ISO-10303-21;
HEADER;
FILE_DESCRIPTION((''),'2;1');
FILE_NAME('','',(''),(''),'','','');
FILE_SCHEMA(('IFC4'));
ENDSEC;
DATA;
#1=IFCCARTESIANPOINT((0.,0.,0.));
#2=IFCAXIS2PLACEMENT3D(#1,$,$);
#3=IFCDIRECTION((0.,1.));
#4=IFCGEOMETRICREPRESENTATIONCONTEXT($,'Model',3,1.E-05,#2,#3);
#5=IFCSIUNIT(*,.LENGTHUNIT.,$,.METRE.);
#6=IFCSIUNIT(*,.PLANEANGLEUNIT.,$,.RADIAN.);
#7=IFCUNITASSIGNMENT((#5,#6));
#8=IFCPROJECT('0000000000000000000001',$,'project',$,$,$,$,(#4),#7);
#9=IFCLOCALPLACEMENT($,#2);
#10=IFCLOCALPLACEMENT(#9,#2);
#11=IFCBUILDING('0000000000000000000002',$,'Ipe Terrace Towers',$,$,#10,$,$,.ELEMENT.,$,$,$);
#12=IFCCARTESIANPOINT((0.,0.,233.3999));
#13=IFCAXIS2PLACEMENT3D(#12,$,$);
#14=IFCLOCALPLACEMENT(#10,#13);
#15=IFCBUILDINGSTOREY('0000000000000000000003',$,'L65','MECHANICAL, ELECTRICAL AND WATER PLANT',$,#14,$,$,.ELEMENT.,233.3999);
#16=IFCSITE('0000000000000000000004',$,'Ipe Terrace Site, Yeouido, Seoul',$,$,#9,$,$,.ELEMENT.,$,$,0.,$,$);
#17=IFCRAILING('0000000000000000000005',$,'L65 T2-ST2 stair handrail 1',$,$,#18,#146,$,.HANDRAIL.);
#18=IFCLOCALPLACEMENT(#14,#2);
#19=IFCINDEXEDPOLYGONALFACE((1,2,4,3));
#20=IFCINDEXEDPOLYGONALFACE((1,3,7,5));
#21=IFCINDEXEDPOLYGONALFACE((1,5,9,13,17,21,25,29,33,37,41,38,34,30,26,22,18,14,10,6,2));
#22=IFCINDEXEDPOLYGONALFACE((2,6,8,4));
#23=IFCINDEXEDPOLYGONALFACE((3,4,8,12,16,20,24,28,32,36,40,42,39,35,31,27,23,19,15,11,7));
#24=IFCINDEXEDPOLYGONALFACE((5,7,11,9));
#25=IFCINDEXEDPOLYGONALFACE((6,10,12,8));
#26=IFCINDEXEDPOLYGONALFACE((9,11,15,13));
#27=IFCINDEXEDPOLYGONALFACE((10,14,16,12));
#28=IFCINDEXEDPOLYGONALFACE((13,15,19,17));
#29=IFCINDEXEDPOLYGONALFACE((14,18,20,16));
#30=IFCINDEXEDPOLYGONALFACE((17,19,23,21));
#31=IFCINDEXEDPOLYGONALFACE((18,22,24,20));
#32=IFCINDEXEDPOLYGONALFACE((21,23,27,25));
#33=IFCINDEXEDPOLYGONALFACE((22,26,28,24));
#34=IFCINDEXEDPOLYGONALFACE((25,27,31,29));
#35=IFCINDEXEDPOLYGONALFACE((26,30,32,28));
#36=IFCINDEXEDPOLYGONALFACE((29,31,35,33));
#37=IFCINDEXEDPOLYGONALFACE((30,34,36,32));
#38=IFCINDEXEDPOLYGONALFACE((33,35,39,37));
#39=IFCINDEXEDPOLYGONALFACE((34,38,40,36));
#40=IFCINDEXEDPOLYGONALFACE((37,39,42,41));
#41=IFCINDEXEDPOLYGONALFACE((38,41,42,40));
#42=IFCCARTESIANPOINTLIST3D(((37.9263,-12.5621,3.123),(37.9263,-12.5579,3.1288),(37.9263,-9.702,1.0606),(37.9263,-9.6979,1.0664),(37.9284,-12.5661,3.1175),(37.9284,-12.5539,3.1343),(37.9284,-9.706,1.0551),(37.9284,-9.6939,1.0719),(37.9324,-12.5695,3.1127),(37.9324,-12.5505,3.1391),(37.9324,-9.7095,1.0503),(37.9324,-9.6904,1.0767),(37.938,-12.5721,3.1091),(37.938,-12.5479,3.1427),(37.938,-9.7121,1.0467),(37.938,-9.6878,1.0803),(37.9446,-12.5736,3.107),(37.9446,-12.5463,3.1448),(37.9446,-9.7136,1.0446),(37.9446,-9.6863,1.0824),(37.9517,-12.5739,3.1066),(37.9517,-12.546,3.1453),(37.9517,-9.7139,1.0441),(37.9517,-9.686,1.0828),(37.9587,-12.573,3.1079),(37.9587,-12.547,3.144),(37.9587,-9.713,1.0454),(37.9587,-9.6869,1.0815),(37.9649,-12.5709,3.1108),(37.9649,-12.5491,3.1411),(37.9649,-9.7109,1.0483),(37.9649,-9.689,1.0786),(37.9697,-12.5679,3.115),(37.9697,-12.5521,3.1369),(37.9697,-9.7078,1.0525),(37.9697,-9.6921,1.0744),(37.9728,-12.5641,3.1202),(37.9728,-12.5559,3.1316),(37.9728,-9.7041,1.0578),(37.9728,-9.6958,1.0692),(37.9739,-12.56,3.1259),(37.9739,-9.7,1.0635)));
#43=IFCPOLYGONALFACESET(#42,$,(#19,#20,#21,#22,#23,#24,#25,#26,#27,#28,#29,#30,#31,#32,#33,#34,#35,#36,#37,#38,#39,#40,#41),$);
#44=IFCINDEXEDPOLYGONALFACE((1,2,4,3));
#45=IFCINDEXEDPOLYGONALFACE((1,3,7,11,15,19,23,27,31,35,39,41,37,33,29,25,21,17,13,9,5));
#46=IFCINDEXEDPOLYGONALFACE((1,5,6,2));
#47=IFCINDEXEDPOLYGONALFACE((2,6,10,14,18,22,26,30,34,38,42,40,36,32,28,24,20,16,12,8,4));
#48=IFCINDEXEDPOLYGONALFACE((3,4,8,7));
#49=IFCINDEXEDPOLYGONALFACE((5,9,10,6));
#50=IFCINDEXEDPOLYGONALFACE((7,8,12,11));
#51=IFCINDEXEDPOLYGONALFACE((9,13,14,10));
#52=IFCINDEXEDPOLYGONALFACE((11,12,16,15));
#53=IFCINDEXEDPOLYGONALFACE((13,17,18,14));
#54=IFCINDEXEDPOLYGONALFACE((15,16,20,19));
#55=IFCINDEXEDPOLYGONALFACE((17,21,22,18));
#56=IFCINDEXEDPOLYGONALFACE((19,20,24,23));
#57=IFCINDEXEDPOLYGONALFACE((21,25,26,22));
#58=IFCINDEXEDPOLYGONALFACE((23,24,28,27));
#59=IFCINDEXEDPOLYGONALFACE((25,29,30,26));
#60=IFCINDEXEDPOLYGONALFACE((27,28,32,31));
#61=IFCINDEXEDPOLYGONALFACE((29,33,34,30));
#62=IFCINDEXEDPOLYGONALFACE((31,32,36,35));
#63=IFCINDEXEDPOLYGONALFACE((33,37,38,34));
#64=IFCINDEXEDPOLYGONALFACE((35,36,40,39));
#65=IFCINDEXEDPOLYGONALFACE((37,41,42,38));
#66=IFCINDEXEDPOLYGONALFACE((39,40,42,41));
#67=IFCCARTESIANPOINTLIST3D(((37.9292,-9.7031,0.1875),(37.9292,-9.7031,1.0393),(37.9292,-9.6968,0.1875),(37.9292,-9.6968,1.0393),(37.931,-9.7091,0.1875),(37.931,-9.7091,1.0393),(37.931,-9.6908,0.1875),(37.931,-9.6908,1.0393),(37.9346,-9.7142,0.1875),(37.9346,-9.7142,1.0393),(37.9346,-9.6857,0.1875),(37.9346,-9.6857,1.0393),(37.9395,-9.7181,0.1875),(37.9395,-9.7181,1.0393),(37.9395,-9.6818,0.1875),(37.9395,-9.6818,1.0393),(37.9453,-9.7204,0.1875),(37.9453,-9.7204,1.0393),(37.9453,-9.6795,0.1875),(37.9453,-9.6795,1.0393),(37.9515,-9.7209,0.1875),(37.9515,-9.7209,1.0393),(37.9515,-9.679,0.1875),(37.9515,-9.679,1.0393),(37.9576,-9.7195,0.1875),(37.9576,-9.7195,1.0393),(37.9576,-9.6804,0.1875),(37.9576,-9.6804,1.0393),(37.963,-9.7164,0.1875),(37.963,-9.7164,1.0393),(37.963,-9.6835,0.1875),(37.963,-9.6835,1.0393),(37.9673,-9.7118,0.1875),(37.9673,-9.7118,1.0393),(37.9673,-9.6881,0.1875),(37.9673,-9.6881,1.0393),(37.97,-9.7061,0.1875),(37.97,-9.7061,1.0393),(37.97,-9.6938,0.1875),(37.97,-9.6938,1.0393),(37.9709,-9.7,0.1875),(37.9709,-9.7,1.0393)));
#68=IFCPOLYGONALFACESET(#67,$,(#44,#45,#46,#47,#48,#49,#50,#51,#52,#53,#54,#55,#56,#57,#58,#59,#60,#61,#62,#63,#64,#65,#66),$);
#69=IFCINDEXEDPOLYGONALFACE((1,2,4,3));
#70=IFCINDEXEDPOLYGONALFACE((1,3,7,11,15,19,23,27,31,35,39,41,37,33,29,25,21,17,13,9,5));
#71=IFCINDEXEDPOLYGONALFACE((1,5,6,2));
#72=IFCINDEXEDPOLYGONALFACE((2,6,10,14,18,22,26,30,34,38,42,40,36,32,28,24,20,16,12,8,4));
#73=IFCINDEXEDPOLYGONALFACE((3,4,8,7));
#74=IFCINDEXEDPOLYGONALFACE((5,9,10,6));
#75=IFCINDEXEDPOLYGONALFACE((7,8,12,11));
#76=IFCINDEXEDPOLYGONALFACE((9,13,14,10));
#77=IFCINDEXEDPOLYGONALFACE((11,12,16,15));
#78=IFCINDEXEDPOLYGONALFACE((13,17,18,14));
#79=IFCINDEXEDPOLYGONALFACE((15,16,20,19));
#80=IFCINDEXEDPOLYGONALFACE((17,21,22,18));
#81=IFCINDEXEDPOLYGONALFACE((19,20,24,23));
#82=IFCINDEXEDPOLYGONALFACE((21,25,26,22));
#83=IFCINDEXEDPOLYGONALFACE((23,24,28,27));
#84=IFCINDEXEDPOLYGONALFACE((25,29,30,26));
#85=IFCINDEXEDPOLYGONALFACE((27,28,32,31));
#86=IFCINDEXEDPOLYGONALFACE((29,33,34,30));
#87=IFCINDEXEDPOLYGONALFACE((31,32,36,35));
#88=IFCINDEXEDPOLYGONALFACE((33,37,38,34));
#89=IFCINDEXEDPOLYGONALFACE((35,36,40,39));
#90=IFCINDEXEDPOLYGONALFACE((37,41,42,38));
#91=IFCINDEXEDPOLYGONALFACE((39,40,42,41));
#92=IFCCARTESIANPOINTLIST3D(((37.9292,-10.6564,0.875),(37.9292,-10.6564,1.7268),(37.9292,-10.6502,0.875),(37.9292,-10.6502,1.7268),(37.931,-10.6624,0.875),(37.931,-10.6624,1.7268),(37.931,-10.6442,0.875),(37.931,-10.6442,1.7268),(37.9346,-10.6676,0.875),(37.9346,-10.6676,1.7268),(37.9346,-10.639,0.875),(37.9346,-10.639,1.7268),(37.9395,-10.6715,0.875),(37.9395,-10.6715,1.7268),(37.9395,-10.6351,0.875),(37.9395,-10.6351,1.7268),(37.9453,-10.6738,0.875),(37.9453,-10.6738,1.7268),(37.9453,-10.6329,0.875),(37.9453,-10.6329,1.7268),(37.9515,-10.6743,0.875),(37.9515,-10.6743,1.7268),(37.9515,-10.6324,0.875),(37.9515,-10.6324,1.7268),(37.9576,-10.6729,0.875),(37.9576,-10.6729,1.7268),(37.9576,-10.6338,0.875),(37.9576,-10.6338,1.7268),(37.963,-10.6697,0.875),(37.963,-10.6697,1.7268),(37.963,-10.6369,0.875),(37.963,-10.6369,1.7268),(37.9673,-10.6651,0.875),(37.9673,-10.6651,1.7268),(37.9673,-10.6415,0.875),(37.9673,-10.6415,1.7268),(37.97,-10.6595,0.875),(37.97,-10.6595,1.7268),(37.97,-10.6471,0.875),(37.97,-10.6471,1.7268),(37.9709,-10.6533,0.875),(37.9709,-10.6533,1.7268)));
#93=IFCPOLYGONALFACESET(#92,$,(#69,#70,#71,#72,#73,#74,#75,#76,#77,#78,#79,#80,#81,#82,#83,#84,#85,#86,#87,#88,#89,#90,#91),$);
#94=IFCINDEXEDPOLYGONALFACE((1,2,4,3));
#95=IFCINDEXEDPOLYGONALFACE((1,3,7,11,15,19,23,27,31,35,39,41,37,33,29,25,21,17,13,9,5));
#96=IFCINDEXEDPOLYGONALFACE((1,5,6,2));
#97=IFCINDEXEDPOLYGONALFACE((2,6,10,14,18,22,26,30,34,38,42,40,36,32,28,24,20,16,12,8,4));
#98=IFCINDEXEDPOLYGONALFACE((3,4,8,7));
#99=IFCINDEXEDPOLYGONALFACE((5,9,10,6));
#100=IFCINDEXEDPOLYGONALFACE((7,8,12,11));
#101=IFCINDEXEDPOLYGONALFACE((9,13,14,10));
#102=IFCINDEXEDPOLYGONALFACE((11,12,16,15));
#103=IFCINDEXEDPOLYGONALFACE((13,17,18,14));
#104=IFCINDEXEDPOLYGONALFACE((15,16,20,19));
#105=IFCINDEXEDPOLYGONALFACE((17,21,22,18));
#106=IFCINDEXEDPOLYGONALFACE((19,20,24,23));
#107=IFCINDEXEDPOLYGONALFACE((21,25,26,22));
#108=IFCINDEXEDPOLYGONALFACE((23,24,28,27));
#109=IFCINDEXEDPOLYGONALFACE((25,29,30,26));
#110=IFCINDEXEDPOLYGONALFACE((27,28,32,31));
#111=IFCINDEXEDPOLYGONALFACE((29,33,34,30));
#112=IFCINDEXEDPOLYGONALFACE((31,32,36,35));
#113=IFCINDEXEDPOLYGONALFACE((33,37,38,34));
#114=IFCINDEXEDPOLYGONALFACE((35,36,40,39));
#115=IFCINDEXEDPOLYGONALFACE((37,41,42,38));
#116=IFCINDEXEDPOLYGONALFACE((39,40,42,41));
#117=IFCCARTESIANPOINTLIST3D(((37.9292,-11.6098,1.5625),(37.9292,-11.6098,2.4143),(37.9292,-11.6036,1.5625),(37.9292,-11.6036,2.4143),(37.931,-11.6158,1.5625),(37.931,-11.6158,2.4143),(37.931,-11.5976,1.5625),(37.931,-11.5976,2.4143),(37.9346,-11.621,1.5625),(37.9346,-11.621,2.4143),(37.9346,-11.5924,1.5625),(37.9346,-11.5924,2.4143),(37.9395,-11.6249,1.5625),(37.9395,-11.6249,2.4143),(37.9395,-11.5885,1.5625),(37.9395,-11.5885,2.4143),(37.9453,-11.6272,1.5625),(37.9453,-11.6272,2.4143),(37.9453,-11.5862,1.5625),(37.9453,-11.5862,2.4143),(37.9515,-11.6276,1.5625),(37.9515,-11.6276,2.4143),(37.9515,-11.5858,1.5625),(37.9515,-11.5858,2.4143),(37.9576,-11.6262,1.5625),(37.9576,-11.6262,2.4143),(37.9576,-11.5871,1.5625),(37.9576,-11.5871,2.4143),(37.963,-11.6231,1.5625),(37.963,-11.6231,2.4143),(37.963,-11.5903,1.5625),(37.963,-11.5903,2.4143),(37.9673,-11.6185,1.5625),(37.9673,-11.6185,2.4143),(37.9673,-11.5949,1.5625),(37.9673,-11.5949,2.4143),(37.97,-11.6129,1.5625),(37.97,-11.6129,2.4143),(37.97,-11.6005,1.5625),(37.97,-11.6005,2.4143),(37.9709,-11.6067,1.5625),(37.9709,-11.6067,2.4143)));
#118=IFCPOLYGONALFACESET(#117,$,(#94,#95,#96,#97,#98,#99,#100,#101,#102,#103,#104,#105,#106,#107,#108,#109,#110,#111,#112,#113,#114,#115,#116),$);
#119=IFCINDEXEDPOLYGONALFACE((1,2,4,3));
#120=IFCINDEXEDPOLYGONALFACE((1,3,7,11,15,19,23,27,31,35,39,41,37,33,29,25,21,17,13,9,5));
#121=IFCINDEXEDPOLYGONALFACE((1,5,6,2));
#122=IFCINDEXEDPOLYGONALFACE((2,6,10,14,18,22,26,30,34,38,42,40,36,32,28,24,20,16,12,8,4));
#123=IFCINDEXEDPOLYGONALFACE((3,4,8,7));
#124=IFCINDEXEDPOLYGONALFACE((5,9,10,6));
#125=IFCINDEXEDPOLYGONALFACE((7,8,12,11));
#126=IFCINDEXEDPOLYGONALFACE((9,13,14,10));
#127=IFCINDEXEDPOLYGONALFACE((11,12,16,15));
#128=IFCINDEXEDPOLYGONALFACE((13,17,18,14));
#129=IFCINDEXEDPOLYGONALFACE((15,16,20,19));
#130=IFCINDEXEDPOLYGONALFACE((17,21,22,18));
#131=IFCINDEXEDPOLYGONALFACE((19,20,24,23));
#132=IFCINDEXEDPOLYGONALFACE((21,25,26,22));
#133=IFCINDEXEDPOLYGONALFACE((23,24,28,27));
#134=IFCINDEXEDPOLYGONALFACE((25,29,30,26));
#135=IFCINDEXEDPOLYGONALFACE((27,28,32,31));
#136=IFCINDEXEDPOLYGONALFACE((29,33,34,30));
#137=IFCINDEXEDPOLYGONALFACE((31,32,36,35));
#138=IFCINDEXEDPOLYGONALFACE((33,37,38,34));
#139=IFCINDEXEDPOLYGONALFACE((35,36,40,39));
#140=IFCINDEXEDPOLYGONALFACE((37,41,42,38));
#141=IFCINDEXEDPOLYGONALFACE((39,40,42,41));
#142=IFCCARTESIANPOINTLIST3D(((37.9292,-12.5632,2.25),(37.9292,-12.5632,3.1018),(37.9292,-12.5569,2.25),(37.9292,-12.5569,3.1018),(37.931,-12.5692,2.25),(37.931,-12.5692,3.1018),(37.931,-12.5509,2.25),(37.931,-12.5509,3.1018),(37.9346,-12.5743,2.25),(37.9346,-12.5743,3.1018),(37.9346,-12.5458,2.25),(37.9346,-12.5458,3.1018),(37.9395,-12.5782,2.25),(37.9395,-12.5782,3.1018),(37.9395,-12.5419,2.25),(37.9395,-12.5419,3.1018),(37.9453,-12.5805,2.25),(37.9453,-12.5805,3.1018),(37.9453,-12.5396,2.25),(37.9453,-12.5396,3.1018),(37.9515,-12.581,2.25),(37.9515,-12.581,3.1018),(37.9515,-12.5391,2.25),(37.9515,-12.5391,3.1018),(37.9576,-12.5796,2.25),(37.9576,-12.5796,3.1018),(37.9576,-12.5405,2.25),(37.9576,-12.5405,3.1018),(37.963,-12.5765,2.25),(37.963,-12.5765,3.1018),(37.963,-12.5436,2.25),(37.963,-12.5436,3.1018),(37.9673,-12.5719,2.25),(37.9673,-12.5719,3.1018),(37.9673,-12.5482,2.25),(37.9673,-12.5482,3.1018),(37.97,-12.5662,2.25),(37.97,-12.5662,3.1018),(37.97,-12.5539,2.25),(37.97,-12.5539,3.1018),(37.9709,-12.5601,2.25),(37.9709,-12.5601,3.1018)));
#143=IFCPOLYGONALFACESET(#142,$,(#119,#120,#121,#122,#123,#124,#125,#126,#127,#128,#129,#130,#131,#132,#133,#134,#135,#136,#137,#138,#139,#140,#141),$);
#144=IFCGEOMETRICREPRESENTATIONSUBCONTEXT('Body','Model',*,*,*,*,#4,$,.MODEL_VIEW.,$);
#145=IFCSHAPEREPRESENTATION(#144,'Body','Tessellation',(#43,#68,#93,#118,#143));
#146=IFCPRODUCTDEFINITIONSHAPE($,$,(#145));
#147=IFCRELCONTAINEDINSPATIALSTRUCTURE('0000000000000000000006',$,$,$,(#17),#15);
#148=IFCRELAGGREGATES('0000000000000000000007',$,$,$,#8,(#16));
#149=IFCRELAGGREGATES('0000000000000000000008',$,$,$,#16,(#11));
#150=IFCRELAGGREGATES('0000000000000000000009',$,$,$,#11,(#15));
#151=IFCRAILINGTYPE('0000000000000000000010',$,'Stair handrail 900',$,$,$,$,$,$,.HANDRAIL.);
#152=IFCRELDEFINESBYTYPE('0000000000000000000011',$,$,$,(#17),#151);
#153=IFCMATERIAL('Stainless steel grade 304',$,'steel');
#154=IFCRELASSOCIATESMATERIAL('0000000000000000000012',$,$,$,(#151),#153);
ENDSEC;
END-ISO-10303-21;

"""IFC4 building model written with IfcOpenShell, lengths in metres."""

from ifc_helpers import new_model, si_unit, direction, frame, origin, origin_2d, place, context, subcontext, project, spatial, circle, extrude, material, type_object, element, save


model = new_model("IFC4")

# Units and contexts
model_context = context("Model", 3, precision=1e-05, world=origin(), true_north=direction((0.0, 1.0)))
body_context = subcontext(model_context, "Body", "Model", "MODEL_VIEW")
ifc_project = project(units=[si_unit("LENGTHUNIT", "METRE"), si_unit("PLANEANGLEUNIT", "RADIAN")], contexts=[model_context])

# Site, building, storey
site_placement = place(None, origin())
site = spatial("IfcSite", under=ifc_project, at=site_placement, Name="Ipe Terrace Site, Yeouido, Seoul", CompositionType="ELEMENT", RefElevation=0.0)
building_placement = place(site_placement, origin())
building = spatial("IfcBuilding", under=site, at=building_placement, Name="Ipe Terrace Towers", CompositionType="ELEMENT")
storey_placement = place(building_placement, frame((0.0, 0.0, 233.3999)))
storey = spatial("IfcBuildingStorey", under=building, at=storey_placement, Name="L65", Description="MECHANICAL, ELECTRICAL AND WATER PLANT", CompositionType="ELEMENT", Elevation=233.3999)

# Railing
ifc_material_1 = material(Name="Stainless steel grade 304", Category="steel")
railing_type_1 = type_object("IfcRailingType", Name="Stair handrail 900", PredefinedType="HANDRAIL", material=ifc_material_1)
railing_1_placement = place(storey_placement, frame((37.95, -9.7, 0.1875)))
element("IfcRailing", 1, at=railing_1_placement, inside=storey, type_object=railing_type_1, Name="L65 T2-ST2 stair handrail 1", PredefinedType="HANDRAIL", context=body_context, shape_type="SweptSolid", body=[
    extrude(circle(Radius=0.0239, at=origin_2d()), frame((0.0, 0.0, 0.876), z_axis=(0.0, -0.811101, 0.584906), x_axis=(1.0, 0.0, 0.0)), (0.0, 0.0, 1.0), 3.5261),
    extrude(circle(Radius=0.021, at=origin_2d()), origin(), (0.0, 0.0, 1.0), 0.8518),
    extrude(circle(Radius=0.021, at=origin_2d()), frame((0.0, -0.9534, 0.6875)), (0.0, 0.0, 1.0), 0.8518),
    extrude(circle(Radius=0.021, at=origin_2d()), frame((0.0, -1.9067, 1.375)), (0.0, 0.0, 1.0), 0.8518),
    extrude(circle(Radius=0.021, at=origin_2d()), frame((0.0, -2.8601, 2.0625)), (0.0, 0.0, 1.0), 0.8518),
])

save(model, "model.ifc")
